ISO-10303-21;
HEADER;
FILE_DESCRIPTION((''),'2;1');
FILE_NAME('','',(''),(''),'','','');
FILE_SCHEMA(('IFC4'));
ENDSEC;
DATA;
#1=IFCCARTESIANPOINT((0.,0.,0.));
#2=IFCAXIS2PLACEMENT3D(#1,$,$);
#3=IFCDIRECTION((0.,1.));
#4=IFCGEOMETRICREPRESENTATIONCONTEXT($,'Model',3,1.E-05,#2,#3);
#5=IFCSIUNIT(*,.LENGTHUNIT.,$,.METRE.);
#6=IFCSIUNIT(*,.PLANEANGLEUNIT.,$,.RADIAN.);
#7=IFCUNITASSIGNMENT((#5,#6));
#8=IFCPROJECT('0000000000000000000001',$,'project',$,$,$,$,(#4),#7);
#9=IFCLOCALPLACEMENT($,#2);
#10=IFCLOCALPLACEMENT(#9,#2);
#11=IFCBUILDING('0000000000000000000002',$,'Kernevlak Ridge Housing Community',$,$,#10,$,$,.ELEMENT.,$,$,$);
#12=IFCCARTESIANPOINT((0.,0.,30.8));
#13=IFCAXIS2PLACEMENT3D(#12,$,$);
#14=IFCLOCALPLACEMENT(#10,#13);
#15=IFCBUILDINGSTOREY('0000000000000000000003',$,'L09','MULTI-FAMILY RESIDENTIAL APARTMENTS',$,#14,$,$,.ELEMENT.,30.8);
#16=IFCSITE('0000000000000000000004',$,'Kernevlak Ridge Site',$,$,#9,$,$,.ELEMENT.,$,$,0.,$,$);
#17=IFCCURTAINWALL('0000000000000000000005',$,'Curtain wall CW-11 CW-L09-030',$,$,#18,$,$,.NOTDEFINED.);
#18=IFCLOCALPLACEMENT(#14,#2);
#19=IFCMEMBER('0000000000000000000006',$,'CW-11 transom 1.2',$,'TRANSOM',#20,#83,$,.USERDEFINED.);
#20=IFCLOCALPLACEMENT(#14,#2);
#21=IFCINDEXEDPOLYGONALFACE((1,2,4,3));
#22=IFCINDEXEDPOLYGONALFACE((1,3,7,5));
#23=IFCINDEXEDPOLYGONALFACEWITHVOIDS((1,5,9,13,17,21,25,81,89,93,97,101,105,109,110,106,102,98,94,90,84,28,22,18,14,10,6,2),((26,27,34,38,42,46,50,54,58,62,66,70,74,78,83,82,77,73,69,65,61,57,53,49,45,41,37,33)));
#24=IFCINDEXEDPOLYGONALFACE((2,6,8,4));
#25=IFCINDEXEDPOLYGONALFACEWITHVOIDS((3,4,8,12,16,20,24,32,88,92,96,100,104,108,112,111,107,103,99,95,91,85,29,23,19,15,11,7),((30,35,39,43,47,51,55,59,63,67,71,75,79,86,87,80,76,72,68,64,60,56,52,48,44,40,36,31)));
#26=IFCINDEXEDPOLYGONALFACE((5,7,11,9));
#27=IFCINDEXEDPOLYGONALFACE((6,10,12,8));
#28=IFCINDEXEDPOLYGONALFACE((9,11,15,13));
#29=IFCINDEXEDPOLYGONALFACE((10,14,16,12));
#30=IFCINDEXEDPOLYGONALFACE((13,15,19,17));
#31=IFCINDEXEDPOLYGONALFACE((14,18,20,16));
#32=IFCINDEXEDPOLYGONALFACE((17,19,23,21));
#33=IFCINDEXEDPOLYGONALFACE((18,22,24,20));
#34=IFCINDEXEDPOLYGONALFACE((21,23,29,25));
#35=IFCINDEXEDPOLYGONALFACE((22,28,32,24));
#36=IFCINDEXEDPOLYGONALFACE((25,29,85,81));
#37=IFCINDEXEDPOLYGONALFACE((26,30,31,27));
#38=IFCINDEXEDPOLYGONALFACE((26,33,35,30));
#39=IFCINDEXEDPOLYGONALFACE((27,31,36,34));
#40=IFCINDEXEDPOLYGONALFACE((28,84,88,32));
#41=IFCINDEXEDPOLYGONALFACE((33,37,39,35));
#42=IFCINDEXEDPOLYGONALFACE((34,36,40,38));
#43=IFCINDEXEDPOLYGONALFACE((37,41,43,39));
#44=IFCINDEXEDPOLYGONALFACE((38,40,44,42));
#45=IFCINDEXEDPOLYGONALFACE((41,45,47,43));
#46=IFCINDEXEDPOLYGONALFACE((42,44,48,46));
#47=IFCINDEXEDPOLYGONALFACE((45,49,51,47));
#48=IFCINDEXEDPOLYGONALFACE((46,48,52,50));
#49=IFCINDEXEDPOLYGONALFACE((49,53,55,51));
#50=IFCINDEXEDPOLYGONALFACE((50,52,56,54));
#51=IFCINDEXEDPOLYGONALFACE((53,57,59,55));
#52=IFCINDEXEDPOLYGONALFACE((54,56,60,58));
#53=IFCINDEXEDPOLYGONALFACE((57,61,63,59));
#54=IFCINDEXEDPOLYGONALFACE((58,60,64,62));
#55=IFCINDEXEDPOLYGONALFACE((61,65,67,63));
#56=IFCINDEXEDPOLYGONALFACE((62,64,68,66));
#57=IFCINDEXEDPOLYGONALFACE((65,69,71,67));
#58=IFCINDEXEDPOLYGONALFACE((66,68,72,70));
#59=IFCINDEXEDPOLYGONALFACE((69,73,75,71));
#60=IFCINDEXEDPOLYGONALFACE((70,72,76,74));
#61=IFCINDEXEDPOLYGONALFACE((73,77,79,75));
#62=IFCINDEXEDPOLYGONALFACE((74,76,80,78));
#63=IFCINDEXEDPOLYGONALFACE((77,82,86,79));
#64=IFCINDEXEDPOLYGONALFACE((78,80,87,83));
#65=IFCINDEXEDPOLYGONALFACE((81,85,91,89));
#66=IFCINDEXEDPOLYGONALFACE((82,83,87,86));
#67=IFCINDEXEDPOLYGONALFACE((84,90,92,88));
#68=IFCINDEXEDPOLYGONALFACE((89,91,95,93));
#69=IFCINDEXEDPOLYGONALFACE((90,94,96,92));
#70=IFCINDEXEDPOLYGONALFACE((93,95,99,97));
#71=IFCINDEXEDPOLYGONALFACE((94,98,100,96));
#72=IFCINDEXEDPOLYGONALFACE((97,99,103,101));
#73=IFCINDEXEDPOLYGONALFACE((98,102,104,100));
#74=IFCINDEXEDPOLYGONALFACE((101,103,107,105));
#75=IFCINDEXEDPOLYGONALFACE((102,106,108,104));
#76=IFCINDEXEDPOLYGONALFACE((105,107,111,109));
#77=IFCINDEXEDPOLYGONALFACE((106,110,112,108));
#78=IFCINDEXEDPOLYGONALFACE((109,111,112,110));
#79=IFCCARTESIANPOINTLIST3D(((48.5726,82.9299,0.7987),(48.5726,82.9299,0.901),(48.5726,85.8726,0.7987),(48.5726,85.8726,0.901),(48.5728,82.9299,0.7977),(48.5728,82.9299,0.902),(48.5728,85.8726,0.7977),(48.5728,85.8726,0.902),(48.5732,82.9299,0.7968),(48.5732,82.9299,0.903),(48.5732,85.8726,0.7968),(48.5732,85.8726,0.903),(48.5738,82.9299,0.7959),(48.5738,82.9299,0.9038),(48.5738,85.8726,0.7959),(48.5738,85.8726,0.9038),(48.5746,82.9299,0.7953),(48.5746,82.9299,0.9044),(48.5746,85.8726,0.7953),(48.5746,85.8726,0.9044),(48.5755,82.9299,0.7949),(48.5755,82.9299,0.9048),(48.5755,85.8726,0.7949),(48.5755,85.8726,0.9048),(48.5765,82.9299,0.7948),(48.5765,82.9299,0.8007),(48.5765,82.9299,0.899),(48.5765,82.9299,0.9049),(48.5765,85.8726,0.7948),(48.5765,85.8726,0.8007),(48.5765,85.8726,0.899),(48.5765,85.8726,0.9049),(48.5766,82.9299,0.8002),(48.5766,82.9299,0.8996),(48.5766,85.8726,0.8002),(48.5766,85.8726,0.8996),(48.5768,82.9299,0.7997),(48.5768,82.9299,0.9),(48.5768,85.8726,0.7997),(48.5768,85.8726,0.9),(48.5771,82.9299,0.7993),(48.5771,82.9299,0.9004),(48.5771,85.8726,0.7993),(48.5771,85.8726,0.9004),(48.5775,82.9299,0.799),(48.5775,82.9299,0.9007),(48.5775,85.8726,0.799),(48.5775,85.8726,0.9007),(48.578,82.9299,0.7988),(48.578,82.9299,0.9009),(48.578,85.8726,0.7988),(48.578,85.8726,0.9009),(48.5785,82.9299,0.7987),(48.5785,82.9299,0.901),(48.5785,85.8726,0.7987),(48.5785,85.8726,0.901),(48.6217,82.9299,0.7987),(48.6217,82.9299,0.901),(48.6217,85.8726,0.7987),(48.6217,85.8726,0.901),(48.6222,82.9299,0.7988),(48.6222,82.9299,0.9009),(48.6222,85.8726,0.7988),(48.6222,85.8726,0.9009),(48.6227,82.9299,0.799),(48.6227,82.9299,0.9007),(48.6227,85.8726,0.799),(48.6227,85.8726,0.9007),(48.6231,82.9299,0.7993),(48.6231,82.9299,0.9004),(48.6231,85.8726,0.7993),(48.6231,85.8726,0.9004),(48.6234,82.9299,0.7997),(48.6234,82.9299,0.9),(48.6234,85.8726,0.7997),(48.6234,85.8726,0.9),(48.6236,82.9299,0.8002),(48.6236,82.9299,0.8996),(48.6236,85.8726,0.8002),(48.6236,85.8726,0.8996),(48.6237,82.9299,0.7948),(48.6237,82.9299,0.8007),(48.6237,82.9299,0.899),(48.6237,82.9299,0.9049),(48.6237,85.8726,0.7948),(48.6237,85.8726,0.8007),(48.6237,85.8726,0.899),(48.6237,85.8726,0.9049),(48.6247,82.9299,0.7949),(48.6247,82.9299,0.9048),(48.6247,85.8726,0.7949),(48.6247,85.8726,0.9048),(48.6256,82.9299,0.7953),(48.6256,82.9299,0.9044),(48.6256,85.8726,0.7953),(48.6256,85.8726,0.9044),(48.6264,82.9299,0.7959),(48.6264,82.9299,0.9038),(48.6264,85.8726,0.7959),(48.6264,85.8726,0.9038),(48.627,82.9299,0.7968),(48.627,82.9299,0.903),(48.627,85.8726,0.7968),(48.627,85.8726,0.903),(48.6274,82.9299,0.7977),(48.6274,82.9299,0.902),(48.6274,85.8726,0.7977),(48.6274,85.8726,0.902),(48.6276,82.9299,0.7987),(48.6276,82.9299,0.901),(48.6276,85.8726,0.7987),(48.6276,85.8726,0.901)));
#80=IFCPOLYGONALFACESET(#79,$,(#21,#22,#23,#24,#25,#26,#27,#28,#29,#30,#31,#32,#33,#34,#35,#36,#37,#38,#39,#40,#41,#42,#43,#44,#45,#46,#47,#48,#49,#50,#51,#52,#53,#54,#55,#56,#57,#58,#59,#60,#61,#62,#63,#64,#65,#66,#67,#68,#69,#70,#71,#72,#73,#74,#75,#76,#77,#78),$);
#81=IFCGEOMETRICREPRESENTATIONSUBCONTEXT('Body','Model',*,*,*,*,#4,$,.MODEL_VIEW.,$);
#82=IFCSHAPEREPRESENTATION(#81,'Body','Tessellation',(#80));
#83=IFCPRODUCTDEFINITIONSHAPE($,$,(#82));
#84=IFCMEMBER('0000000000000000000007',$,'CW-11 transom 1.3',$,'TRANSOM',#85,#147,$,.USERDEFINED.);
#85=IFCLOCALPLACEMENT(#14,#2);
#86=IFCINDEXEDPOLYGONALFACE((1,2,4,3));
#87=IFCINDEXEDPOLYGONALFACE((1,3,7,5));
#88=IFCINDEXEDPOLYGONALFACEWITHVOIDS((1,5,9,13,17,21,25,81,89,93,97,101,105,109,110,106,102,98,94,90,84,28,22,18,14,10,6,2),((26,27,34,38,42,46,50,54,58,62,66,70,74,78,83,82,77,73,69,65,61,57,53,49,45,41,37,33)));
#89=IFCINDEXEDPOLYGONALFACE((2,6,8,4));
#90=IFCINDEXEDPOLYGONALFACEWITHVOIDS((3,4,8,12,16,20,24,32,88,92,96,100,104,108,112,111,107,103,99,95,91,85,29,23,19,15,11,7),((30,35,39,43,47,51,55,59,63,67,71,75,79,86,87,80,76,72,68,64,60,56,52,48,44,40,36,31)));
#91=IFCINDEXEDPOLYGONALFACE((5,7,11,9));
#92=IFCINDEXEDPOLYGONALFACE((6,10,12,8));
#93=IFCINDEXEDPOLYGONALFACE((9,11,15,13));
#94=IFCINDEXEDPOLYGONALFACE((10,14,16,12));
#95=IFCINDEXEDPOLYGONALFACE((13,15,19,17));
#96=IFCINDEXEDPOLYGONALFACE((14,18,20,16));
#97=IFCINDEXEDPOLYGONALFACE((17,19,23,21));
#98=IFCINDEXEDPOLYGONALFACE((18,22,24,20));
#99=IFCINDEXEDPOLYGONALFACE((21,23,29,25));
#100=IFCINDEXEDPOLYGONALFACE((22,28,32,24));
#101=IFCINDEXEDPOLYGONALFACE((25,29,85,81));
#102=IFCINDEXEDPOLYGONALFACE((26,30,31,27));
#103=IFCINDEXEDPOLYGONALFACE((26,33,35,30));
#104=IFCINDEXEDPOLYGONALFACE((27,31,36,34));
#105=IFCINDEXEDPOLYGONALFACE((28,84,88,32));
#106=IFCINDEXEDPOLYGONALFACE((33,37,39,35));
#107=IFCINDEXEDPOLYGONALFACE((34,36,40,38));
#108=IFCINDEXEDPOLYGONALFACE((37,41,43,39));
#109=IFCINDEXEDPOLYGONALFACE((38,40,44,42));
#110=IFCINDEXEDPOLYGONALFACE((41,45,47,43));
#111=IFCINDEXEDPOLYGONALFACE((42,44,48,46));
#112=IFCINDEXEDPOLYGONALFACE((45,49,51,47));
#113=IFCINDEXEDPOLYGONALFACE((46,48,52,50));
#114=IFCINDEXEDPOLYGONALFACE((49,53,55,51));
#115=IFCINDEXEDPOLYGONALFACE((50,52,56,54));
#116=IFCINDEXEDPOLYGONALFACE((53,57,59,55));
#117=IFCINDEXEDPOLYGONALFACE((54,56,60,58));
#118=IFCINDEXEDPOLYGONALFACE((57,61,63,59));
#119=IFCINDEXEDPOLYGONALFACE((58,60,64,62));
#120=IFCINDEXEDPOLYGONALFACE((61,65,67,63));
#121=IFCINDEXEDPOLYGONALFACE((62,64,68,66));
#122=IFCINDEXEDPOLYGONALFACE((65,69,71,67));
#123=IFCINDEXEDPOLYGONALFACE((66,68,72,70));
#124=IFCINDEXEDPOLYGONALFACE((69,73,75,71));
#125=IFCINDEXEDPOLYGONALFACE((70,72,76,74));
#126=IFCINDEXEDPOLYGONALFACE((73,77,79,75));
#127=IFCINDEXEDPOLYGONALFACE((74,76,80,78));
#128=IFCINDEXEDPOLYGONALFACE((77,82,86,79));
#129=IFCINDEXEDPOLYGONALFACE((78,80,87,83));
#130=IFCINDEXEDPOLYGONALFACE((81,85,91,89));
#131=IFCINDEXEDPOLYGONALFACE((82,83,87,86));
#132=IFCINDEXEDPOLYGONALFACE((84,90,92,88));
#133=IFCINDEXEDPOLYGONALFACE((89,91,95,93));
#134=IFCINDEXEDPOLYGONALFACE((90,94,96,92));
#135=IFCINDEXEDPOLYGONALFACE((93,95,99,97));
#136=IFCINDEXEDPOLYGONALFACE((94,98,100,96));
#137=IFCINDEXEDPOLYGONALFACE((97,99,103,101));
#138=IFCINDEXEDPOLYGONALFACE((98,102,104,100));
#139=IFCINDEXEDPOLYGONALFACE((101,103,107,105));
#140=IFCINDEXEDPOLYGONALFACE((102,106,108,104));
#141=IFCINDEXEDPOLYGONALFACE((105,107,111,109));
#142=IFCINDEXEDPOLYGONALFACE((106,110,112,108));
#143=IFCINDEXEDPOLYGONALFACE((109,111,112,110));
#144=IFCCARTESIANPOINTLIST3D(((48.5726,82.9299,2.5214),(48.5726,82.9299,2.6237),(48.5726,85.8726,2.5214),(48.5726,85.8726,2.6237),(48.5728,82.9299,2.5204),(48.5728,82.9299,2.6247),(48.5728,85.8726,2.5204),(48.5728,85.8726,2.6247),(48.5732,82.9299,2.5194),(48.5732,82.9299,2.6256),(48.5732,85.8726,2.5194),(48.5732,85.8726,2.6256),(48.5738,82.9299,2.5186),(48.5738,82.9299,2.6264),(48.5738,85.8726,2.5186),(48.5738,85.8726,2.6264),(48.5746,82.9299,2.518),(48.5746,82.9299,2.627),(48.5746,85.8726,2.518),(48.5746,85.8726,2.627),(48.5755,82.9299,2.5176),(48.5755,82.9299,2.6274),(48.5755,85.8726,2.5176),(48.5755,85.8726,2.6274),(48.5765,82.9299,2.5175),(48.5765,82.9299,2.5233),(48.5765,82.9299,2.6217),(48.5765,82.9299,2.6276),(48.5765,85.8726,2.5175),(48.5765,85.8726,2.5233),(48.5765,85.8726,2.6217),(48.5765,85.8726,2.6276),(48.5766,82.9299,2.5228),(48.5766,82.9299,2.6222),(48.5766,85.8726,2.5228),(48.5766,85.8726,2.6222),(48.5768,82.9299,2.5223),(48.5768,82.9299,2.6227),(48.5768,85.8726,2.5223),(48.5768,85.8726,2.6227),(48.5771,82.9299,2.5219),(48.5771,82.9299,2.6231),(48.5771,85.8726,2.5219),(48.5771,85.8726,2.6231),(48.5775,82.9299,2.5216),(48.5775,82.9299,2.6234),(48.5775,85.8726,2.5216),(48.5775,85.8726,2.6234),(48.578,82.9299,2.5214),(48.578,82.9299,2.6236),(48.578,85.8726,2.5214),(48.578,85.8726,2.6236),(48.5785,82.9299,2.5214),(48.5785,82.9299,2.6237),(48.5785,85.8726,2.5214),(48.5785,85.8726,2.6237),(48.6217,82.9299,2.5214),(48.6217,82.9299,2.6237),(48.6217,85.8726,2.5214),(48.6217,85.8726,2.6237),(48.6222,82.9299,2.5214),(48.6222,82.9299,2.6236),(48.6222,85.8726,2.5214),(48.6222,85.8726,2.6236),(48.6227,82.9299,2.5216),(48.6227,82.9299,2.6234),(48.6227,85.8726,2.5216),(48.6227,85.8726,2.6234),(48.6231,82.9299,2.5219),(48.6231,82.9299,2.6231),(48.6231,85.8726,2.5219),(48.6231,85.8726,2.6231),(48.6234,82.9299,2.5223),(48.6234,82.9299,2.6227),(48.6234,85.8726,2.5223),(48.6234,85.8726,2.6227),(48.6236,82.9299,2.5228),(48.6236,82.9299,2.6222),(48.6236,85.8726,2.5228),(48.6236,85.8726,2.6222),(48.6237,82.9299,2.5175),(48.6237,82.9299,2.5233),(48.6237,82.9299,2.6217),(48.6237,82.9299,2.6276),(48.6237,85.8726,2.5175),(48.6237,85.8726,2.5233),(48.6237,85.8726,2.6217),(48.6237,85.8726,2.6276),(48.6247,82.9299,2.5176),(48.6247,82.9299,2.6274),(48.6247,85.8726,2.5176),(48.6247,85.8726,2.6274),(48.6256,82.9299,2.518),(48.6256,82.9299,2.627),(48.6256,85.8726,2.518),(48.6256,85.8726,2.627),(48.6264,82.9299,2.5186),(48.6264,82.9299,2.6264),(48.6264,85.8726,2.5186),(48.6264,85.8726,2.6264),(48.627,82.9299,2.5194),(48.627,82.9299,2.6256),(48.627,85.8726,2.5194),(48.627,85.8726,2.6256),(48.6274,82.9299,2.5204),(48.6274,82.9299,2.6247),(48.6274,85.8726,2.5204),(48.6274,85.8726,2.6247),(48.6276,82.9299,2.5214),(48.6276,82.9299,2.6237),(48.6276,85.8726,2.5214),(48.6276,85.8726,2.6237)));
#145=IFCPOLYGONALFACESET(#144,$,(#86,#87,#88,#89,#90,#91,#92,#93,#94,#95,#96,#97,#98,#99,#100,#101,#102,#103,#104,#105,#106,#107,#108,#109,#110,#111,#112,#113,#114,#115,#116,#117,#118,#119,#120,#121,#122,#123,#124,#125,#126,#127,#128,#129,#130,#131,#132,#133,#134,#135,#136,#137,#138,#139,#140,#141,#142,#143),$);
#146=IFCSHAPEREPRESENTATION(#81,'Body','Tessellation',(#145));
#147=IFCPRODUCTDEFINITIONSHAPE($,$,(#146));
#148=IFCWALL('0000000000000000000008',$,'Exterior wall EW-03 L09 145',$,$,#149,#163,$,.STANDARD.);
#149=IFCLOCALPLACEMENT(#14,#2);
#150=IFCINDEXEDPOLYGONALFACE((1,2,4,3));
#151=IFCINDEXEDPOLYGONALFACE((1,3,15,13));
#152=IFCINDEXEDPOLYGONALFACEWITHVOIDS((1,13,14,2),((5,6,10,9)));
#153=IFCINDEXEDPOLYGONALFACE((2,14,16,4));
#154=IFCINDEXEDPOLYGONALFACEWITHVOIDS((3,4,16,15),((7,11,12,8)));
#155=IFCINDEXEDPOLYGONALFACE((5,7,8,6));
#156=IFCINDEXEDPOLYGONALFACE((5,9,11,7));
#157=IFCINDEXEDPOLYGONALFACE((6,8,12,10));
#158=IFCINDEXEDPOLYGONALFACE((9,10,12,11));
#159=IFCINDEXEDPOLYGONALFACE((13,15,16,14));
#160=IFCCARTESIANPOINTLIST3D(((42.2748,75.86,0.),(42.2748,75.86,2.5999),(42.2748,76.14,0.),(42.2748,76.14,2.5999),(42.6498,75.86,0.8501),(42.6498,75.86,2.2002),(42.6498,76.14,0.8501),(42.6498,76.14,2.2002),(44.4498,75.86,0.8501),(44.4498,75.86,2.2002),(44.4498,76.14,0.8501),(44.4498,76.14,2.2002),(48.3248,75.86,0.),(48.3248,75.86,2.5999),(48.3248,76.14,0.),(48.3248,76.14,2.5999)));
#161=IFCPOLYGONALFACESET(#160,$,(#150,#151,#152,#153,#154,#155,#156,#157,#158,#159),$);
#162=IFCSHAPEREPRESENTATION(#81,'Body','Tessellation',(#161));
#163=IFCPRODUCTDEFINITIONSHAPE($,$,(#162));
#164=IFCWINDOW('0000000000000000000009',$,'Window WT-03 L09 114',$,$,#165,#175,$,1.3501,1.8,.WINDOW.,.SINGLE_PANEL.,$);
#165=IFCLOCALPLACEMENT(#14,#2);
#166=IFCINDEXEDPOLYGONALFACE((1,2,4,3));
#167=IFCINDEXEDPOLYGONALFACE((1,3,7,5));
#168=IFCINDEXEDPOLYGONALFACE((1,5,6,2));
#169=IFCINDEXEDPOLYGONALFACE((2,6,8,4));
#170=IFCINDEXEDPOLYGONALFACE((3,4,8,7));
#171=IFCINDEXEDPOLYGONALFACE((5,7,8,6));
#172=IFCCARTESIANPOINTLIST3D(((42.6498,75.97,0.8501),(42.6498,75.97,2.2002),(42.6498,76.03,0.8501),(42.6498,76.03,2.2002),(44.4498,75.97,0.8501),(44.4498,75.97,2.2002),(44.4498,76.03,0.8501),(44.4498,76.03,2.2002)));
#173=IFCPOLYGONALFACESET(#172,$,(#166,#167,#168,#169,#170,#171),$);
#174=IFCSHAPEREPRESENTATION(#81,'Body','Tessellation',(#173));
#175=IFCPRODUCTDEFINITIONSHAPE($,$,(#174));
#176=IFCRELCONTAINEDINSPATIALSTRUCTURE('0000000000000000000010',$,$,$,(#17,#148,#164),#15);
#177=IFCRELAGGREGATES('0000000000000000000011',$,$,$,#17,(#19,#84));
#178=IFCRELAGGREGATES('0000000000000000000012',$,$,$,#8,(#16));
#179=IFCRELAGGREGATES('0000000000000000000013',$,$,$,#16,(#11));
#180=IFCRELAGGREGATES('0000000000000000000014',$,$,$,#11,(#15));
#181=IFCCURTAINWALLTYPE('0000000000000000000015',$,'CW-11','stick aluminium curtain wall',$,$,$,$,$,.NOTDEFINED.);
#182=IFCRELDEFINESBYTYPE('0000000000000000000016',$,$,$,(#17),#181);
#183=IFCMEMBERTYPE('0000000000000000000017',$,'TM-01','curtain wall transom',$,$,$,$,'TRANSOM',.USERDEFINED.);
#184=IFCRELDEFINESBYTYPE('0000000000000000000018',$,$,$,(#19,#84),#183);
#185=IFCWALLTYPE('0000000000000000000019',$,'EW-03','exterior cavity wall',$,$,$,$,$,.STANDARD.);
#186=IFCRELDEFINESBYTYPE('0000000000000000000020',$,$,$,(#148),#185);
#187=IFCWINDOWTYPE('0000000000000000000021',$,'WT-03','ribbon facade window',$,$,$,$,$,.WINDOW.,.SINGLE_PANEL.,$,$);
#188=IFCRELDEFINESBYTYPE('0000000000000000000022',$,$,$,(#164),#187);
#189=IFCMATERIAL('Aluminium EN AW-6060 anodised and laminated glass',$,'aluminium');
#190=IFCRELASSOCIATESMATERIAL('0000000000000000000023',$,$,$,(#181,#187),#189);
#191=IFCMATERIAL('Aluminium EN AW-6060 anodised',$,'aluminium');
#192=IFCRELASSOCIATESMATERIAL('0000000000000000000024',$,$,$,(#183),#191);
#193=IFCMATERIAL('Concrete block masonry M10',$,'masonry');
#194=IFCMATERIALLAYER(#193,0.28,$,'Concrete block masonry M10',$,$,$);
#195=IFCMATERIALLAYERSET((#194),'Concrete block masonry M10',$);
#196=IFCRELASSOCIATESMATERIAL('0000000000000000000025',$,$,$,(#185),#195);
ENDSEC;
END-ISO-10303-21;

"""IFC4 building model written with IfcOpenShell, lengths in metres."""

from ifc_helpers import new_model, si_unit, direction, frame, frame_2d, origin, origin_2d, place, context, subcontext, project, spatial, rectangle, hollow_rectangle, extrude, material, layer, layer_set, material_profile, profile_set, type_object, element, fill, aggregate, save


model = new_model("IFC4")

# Units and contexts
model_context = context("Model", 3, precision=1e-05, world=origin(), true_north=direction((0.0, 1.0)))
body_context = subcontext(model_context, "Body", "Model", "MODEL_VIEW")
ifc_project = project(units=[si_unit("LENGTHUNIT", "METRE"), si_unit("PLANEANGLEUNIT", "RADIAN")], contexts=[model_context])

# Site, building, storey
site_placement = place(None, origin())
site = spatial("IfcSite", under=ifc_project, at=site_placement, Name="Kernevlak Ridge Site", CompositionType="ELEMENT", RefElevation=0.0)
building_placement = place(site_placement, origin())
building = spatial("IfcBuilding", under=site, at=building_placement, Name="Kernevlak Ridge Housing Community", CompositionType="ELEMENT")
storey_placement = place(building_placement, frame((0.0, 0.0, 30.8)))
storey = spatial("IfcBuildingStorey", under=building, at=storey_placement, Name="L09", Description="MULTI-FAMILY RESIDENTIAL APARTMENTS", CompositionType="ELEMENT", Elevation=30.8)

# Curtain wall
ifc_material_1 = material(Name="Aluminium EN AW-6060 anodised and laminated glass", Category="aluminium")
curtain_wall_type = type_object("IfcCurtainWallType", Name="CW-11", Description="stick aluminium curtain wall", PredefinedType="NOTDEFINED", material=ifc_material_1)
curtain_wall_placement = place(storey_placement, origin())
curtain_wall = element("IfcCurtainWall", 1, at=curtain_wall_placement, inside=storey, type_object=curtain_wall_type, Name="Curtain wall CW-11 CW-L09-030", PredefinedType="NOTDEFINED")
ifc_material_2 = material(Name="Aluminium EN AW-6060 anodised", Category="aluminium")

# Members
ifc_material_profile_1 = material_profile(ifc_material_2, hollow_rectangle(XDim=0.0549, YDim=0.1101, WallThickness=0.0039, InnerFilletRadius=0.002, OuterFilletRadius=0.0039, at=origin_2d()), Name="ALU 55x110x4")
ifc_profile_set_1 = profile_set([ifc_material_profile_1], Name="Aluminium EN AW-6060 anodised")
member_type_1 = type_object("IfcMemberType", Name="TM-01", Description="curtain wall transom", ElementType="TRANSOM", PredefinedType="USERDEFINED", material=ifc_profile_set_1)
member_1_placement = place(storey_placement, frame((48.6001, 82.9299, 0.8499), z_axis=(0.0, 1.0, 0.0), x_axis=(-1.0, 0.0, 0.0)))
member_1 = element("IfcMember", 2, at=member_1_placement, type_object=member_type_1, Name="CW-11 transom 1.2", ObjectType="TRANSOM", PredefinedType="USERDEFINED", context=body_context, shape_type="SweptSolid", body=[
    extrude(hollow_rectangle(XDim=0.0549, YDim=0.1101, WallThickness=0.0039, InnerFilletRadius=0.002, OuterFilletRadius=0.0039, at=origin_2d()), origin(), (0.0, 0.0, 1.0), 2.9426),
])
member_2_placement = place(storey_placement, frame((48.6001, 82.9299, 2.5725), z_axis=(0.0, 1.0, 0.0), x_axis=(-1.0, 0.0, 0.0)))
member_2 = element("IfcMember", 3, at=member_2_placement, type_object=member_type_1, Name="CW-11 transom 1.3", ObjectType="TRANSOM", PredefinedType="USERDEFINED", context=body_context, shape_type="SweptSolid", body=[
    extrude(hollow_rectangle(XDim=0.0549, YDim=0.1101, WallThickness=0.0039, InnerFilletRadius=0.002, OuterFilletRadius=0.0039, at=origin_2d()), origin(), (0.0, 0.0, 1.0), 2.9426),
])
aggregate(curtain_wall, [member_1, member_2])

# Wall, opening, window
ifc_material_3 = material(Name="Concrete block masonry M10", Category="masonry")
ifc_layer_1 = layer(ifc_material_3, 0.28, Name="Concrete block masonry M10")
ifc_layer_set_1 = layer_set([ifc_layer_1], Name="Concrete block masonry M10")
wall_type_1 = type_object("IfcWallType", Name="EW-03", Description="exterior cavity wall", PredefinedType="STANDARD", material=ifc_layer_set_1)
wall_1_placement = place(storey_placement, frame((42.2749, 76.0, 0.0), z_axis=(0.0, 0.0, 1.0), x_axis=(1.0, 0.0, 0.0)))
wall_1 = element("IfcWall", 4, at=wall_1_placement, inside=storey, type_object=wall_type_1, Name="Exterior wall EW-03 L09 145", PredefinedType="STANDARD", context=body_context, shape_type="SweptSolid", body=[
    extrude(rectangle(XDim=6.05, YDim=0.28, at=frame_2d((3.0249, 0.0))), origin(), (0.0, 0.0, 1.0), 2.5999),
])
opening_1_placement = place(wall_1_placement, frame((0.375, 0.0, 0.8501)))
opening_1 = element("IfcOpeningElement", 5, at=opening_1_placement, cuts=wall_1, PredefinedType="OPENING", context=body_context, shape_type="SweptSolid", body=[
    extrude(rectangle(XDim=1.8, YDim=1.3501, at=frame_2d((0.8999, 0.675))), frame((0.0, 0.1499, 0.0), z_axis=(0.0, -1.0, 0.0), x_axis=(1.0, 0.0, 0.0)), (0.0, 0.0, 1.0), 0.3),
])
window_type_1 = type_object("IfcWindowType", Name="WT-03", Description="ribbon facade window", PartitioningType="SINGLE_PANEL", PredefinedType="WINDOW", material=ifc_material_1)
window_1_placement = place(opening_1_placement, origin())
window_1 = element("IfcWindow", 6, at=window_1_placement, inside=storey, type_object=window_type_1, Name="Window WT-03 L09 114", OverallHeight=1.3501, OverallWidth=1.8, PartitioningType="SINGLE_PANEL", PredefinedType="WINDOW", context=body_context, shape_type="SweptSolid", body=[
    extrude(rectangle(XDim=1.8, YDim=1.3501, at=frame_2d((0.8999, 0.675))), frame((0.0, 0.03, 0.0), z_axis=(0.0, -1.0, 0.0), x_axis=(1.0, 0.0, 0.0)), (0.0, 0.0, 1.0), 0.0601),
])
fill(opening_1, window_1)

save(model, "model.ifc")
